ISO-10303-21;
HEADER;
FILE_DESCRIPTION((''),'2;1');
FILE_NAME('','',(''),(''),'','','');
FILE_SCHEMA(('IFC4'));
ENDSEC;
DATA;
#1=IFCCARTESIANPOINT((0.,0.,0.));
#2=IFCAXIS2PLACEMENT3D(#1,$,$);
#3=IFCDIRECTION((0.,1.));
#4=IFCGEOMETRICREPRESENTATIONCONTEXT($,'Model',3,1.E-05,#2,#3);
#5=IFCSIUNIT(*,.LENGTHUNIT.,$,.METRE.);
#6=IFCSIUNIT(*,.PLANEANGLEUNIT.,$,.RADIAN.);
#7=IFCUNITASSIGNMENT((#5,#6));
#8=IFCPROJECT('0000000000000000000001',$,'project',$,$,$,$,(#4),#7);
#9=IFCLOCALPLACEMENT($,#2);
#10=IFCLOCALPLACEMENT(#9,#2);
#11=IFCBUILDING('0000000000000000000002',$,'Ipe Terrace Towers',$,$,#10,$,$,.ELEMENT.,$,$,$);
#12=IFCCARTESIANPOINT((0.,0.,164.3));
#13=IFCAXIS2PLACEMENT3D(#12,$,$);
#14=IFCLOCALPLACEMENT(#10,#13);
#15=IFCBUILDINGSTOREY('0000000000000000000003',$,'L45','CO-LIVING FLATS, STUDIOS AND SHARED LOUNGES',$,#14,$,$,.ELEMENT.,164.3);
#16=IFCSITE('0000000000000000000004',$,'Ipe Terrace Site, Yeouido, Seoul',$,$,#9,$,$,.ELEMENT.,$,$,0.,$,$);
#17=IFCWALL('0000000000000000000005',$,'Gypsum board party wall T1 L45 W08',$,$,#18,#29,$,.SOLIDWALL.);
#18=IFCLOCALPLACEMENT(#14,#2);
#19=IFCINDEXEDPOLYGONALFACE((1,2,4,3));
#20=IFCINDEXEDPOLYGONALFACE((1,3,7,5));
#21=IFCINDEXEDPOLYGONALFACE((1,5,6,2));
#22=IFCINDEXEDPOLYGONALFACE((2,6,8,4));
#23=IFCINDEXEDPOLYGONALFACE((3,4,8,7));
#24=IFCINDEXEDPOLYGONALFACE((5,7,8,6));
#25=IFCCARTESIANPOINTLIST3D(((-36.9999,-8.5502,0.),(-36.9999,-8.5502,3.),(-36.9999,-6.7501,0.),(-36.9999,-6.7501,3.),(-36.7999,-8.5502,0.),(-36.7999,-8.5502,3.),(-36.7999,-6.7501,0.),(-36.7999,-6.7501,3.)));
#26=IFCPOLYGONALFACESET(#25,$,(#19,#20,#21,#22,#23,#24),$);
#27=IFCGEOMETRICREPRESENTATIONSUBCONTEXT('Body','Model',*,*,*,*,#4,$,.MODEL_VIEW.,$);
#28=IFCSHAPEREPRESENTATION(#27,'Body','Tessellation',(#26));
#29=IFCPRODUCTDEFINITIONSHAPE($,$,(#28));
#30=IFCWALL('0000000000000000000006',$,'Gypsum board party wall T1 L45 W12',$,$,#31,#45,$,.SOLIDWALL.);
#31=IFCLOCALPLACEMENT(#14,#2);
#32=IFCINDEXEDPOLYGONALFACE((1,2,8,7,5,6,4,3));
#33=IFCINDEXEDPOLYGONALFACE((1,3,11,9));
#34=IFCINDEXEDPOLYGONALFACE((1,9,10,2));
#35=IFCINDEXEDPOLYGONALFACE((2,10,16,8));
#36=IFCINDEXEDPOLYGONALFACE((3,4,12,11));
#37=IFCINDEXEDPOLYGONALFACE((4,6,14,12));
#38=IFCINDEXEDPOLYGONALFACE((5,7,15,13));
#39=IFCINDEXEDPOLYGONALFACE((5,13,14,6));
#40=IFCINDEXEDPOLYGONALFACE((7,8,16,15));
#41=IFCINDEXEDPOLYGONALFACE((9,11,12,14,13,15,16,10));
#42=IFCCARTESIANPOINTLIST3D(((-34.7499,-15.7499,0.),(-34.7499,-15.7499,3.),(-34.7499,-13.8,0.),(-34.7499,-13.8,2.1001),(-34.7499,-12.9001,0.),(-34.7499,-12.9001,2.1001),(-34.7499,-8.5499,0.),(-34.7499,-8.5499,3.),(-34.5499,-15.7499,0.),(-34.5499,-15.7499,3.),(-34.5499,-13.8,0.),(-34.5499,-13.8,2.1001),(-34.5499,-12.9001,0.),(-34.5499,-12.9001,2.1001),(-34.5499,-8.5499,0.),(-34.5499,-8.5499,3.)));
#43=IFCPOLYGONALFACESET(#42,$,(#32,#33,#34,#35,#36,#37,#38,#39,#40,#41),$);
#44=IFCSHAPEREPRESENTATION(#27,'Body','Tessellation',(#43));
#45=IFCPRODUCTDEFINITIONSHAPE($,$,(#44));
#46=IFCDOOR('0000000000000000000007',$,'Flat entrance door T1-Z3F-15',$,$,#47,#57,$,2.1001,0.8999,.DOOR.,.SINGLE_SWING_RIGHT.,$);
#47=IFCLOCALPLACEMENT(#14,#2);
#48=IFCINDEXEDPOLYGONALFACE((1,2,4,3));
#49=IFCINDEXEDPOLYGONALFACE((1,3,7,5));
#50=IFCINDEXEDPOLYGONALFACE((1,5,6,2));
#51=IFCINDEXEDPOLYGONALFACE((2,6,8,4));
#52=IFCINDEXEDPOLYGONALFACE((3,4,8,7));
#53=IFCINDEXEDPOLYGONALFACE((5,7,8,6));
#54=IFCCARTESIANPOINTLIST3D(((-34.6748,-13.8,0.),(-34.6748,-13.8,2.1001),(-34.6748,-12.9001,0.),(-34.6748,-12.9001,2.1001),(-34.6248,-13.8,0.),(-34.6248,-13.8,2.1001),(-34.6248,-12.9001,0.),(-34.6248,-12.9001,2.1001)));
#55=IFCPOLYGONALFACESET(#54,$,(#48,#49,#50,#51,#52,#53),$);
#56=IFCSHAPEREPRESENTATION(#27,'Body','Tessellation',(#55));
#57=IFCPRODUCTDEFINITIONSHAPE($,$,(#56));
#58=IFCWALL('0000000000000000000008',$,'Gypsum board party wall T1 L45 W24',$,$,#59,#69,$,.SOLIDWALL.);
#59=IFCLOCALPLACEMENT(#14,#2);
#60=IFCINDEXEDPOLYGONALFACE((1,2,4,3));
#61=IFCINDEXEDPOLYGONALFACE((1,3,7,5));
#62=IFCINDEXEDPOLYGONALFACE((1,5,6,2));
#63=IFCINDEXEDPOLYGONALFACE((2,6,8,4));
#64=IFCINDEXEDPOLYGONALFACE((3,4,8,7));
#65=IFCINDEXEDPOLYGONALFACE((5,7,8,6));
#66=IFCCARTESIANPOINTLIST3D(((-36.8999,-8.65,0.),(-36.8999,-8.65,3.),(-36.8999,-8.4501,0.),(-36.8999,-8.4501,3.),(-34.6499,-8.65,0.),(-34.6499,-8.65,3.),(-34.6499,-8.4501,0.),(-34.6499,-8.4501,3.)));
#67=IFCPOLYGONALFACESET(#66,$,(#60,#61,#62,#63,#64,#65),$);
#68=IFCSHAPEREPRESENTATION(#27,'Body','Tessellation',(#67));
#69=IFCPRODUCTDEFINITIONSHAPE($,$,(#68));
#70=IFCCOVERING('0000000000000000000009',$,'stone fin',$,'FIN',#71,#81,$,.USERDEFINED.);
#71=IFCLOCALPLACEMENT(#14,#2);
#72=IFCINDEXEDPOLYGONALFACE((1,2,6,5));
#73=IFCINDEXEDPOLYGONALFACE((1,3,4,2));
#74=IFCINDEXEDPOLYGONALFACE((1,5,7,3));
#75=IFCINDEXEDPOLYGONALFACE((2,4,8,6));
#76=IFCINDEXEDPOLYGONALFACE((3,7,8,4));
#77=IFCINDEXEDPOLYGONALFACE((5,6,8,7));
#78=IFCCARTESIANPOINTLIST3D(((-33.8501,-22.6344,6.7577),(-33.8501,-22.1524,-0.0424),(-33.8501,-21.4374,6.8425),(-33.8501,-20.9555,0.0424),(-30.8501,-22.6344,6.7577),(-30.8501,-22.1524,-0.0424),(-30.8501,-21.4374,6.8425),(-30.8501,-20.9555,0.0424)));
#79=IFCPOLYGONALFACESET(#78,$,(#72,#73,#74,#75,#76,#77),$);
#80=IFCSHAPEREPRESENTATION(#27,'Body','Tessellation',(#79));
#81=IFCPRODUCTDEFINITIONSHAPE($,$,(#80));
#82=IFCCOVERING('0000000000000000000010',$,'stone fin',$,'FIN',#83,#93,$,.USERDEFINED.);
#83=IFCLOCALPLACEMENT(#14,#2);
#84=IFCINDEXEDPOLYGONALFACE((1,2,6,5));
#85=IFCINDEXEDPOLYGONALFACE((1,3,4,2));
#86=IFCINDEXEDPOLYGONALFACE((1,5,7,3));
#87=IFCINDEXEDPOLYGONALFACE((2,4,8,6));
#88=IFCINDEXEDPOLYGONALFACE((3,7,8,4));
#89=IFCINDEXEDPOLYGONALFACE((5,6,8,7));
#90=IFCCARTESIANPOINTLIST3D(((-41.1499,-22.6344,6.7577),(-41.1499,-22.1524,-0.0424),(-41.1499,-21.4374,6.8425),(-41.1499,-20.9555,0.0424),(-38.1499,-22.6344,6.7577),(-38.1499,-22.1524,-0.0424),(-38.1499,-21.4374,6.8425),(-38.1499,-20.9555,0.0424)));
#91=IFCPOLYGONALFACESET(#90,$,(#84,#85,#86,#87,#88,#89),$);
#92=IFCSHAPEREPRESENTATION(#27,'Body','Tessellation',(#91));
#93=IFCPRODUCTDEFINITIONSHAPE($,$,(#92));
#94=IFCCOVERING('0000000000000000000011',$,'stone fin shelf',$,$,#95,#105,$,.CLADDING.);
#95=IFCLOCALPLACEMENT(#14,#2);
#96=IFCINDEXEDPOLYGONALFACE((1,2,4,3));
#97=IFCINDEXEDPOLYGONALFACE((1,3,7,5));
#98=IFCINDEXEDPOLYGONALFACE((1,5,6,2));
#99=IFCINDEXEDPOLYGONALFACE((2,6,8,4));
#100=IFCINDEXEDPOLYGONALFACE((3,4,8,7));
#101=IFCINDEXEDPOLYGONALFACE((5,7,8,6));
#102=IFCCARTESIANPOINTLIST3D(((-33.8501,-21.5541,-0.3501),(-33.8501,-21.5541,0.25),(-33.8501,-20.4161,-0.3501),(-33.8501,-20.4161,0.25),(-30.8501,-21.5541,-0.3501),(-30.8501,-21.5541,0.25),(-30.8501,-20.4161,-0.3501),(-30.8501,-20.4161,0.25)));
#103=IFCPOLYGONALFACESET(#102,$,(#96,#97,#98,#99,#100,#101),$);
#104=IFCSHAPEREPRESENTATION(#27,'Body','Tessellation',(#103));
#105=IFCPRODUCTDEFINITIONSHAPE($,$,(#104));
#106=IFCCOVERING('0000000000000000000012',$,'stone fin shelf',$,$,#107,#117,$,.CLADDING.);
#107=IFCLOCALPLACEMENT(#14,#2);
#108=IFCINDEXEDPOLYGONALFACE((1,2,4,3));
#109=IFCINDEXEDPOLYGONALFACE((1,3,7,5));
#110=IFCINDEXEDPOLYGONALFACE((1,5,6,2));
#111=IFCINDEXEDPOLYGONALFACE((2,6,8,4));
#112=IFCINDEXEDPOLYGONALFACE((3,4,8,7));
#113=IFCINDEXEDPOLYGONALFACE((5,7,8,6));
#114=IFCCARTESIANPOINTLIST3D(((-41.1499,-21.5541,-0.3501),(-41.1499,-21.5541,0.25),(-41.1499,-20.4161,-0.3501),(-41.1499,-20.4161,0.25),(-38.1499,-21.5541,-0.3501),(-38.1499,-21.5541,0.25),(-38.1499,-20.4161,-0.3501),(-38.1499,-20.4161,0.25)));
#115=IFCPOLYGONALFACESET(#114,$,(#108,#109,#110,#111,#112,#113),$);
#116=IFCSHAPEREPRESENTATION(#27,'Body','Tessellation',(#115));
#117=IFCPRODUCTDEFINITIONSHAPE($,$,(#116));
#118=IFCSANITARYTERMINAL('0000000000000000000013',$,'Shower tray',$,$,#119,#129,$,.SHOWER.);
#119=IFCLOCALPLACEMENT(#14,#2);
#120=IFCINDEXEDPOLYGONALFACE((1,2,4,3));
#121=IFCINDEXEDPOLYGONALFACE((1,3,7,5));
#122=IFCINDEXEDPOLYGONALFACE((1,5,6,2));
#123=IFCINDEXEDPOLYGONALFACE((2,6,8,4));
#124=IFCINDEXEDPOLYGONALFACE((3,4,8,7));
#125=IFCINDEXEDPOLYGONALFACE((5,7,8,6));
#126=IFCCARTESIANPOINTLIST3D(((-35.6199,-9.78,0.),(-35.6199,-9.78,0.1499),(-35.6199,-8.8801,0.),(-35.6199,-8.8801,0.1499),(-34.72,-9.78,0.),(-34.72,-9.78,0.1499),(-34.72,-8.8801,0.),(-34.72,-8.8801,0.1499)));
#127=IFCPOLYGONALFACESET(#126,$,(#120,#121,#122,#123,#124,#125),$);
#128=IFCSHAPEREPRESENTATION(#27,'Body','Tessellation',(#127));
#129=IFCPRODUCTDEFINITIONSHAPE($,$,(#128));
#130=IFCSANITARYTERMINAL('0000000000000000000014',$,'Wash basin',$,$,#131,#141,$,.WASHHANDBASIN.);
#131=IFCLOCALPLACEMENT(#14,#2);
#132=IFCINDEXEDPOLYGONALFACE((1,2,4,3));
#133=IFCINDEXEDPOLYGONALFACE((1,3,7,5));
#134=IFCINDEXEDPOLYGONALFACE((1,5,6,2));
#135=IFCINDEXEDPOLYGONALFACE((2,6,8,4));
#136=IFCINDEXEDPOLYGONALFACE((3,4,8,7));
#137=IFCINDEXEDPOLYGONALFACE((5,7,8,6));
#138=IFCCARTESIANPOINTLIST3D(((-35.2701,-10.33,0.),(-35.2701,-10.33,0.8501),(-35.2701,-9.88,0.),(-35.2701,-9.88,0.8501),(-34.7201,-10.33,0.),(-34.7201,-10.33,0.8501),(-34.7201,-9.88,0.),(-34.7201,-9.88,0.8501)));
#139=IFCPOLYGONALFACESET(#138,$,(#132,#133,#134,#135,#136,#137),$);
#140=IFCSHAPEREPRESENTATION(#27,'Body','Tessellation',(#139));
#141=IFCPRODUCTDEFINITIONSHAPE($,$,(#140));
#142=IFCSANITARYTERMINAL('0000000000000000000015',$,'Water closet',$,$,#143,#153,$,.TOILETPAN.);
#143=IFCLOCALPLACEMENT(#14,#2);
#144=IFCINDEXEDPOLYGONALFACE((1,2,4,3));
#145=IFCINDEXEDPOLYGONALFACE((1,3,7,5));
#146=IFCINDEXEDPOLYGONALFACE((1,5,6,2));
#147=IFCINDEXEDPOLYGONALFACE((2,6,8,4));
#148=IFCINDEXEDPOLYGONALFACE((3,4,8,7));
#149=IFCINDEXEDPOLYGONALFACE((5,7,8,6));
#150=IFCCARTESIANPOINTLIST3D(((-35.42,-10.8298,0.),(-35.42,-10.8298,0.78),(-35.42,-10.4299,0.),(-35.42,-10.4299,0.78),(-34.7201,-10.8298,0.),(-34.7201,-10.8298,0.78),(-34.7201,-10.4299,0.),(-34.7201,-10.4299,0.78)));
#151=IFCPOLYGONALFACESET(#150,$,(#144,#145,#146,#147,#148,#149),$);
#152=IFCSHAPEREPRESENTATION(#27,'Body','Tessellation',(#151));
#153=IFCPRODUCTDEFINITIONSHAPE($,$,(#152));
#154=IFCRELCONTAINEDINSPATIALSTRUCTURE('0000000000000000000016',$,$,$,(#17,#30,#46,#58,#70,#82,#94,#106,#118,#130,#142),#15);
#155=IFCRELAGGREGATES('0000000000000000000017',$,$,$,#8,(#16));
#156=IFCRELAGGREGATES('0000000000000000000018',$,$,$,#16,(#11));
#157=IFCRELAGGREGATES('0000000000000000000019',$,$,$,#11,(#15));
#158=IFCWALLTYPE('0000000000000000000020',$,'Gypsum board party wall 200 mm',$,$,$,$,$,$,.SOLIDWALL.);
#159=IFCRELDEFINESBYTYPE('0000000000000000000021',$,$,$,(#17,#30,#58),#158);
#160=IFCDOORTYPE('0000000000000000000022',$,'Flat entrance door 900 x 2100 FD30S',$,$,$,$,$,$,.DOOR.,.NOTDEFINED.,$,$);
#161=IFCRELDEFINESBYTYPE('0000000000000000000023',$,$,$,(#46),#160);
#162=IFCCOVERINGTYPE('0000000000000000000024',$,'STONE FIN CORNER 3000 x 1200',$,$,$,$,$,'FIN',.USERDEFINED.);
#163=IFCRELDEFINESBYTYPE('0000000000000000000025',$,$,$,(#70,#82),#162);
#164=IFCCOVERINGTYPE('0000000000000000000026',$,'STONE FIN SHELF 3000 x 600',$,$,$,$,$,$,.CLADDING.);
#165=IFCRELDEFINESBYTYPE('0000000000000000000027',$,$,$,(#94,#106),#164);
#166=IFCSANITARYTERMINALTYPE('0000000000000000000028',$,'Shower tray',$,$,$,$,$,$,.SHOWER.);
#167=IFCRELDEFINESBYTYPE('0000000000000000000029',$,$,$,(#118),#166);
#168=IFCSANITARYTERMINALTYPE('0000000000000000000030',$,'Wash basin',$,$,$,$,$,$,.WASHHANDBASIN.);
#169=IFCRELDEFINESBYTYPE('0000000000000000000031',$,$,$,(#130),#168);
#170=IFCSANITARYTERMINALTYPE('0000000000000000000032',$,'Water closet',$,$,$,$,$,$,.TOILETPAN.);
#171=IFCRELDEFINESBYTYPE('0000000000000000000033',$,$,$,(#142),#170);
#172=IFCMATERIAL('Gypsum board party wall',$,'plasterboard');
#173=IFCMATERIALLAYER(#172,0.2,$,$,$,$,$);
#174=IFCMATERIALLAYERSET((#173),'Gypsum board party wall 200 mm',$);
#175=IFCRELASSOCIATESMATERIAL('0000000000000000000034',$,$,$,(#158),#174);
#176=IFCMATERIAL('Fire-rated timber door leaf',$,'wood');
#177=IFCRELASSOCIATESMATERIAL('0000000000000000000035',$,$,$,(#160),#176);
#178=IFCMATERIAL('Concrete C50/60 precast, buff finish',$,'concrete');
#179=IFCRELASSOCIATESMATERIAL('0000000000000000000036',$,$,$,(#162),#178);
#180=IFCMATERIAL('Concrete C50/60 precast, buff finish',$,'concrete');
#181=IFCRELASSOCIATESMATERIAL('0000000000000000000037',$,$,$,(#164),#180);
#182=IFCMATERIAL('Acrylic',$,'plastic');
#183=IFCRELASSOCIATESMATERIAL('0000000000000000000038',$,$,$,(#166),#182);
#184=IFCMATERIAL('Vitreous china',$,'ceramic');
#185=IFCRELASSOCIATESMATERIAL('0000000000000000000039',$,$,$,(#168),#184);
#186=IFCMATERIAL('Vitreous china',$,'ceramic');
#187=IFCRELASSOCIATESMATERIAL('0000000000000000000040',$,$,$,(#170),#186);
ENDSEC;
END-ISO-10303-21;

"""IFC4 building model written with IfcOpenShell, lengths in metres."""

from ifc_helpers import new_model, si_unit, direction, frame, frame_2d, origin, origin_2d, place, context, subcontext, project, spatial, rectangle, extrude, material, layer, layer_set, material_profile, profile_set, type_object, element, fill, save


model = new_model("IFC4")

# Units and contexts
model_context = context("Model", 3, precision=1e-05, world=origin(), true_north=direction((0.0, 1.0)))
body_context = subcontext(model_context, "Body", "Model", "MODEL_VIEW")
ifc_project = project(units=[si_unit("LENGTHUNIT", "METRE"), si_unit("PLANEANGLEUNIT", "RADIAN")], contexts=[model_context])

# Site, building, storey
site_placement = place(None, origin())
site = spatial("IfcSite", under=ifc_project, at=site_placement, Name="Ipe Terrace Site, Yeouido, Seoul", CompositionType="ELEMENT", RefElevation=0.0)
building_placement = place(site_placement, origin())
building = spatial("IfcBuilding", under=site, at=building_placement, Name="Ipe Terrace Towers", CompositionType="ELEMENT")
storey_placement = place(building_placement, frame((0.0, 0.0, 164.3)))
storey = spatial("IfcBuildingStorey", under=building, at=storey_placement, Name="L45", Description="CO-LIVING FLATS, STUDIOS AND SHARED LOUNGES", CompositionType="ELEMENT", Elevation=164.3)

# Wall
ifc_material_1 = material(Name="Gypsum board party wall", Category="plasterboard")
ifc_layer_1 = layer(ifc_material_1, 0.2)
ifc_layer_set_1 = layer_set([ifc_layer_1], Name="Gypsum board party wall 200 mm")
wall_type_1 = type_object("IfcWallType", Name="Gypsum board party wall 200 mm", PredefinedType="SOLIDWALL", material=ifc_layer_set_1)
wall_1_placement = place(storey_placement, frame((-36.8999, -8.55, 0.0), z_axis=(0.0, 0.0, 1.0), x_axis=(0.0, 1.0, 0.0)))
element("IfcWall", 1, at=wall_1_placement, inside=storey, type_object=wall_type_1, Name="Gypsum board party wall T1 L45 W08", PredefinedType="SOLIDWALL", context=body_context, shape_type="SweptSolid", body=[
    extrude(rectangle(XDim=1.8, YDim=0.2, at=frame_2d((0.8999, 0.0))), origin(), (0.0, 0.0, 1.0), 3.0),
])

# Wall, opening, door
wall_2_placement = place(storey_placement, frame((-34.6499, -15.75, 0.0), z_axis=(0.0, 0.0, 1.0), x_axis=(0.0, 1.0, 0.0)))
wall_2 = element("IfcWall", 2, at=wall_2_placement, inside=storey, type_object=wall_type_1, Name="Gypsum board party wall T1 L45 W12", PredefinedType="SOLIDWALL", context=body_context, shape_type="SweptSolid", body=[
    extrude(rectangle(XDim=7.2, YDim=0.2, at=frame_2d((3.6001, 0.0))), origin(), (0.0, 0.0, 1.0), 3.0),
])
opening_1_placement = place(wall_2_placement, frame((1.95, 0.0, 0.0)))
opening_1 = element("IfcOpeningElement", 3, at=opening_1_placement, cuts=wall_2, PredefinedType="OPENING", context=body_context, shape_type="SweptSolid", body=[
    extrude(rectangle(XDim=0.8999, YDim=2.1001, at=frame_2d((0.45, 1.05))), frame((0.0, 0.1099, 0.0), z_axis=(0.0, -1.0, 0.0), x_axis=(1.0, 0.0, 0.0)), (0.0, 0.0, 1.0), 0.22),
])
ifc_material_2 = material(Name="Fire-rated timber door leaf", Category="wood")
door_type_1 = type_object("IfcDoorType", Name="Flat entrance door 900 x 2100 FD30S", OperationType="NOTDEFINED", PredefinedType="DOOR", material=ifc_material_2)
door_1_placement = place(opening_1_placement, origin())
door_1 = element("IfcDoor", 4, at=door_1_placement, inside=storey, type_object=door_type_1, Name="Flat entrance door T1-Z3F-15", OperationType="SINGLE_SWING_RIGHT", OverallHeight=2.1001, OverallWidth=0.8999, PredefinedType="DOOR", context=body_context, shape_type="SweptSolid", body=[
    extrude(rectangle(XDim=0.8999, YDim=2.1001, at=frame_2d((0.45, 1.05))), frame((0.0, 0.0249, 0.0), z_axis=(0.0, -1.0, 0.0), x_axis=(1.0, 0.0, 0.0)), (0.0, 0.0, 1.0), 0.05),
])
fill(opening_1, door_1)

# Wall
wall_3_placement = place(storey_placement, frame((-36.8999, -8.55, 0.0), z_axis=(0.0, 0.0, 1.0), x_axis=(1.0, 0.0, 0.0)))
element("IfcWall", 5, at=wall_3_placement, inside=storey, type_object=wall_type_1, Name="Gypsum board party wall T1 L45 W24", PredefinedType="SOLIDWALL", context=body_context, shape_type="SweptSolid", body=[
    extrude(rectangle(XDim=2.25, YDim=0.2, at=frame_2d((1.125, 0.0))), origin(), (0.0, 0.0, 1.0), 3.0),
])

# Coverings
ifc_material_3 = material(Name="Concrete C50/60 precast, buff finish", Category="concrete")
ifc_material_profile_1 = material_profile(ifc_material_3, rectangle(XDim=3.0, YDim=1.2, at=origin_2d()), Name="STONE FIN CORNER 3000 x 1200")
ifc_profile_set_1 = profile_set([ifc_material_profile_1], Name="Concrete C50/60 precast, buff finish")
covering_type_1 = type_object("IfcCoveringType", Name="STONE FIN CORNER 3000 x 1200", ElementType="FIN", PredefinedType="USERDEFINED", material=ifc_profile_set_1)
for number, where, z_axis, x_axis, name in (
    (6, (-32.3501, -21.554, 0.0), (0.0, -0.070695, 0.997498), (1.0, 0.0, 0.0), "stone fin"),
    (7, (-39.6499, -21.554, 0.0), (0.0, -0.070695, 0.997498), (1.0, 0.0, 0.0), "stone fin"),
):
    element("IfcCovering", number, at=place(storey_placement, frame(where, z_axis=z_axis, x_axis=x_axis)), inside=storey, type_object=covering_type_1, Name=name, ObjectType="FIN", PredefinedType="USERDEFINED", context=body_context, shape_type="SweptSolid", body=[
        extrude(rectangle(XDim=3.0, YDim=1.2, at=origin_2d()), origin(), (0.0, 0.0, 1.0), 6.8171),
    ])
ifc_material_4 = material(Name="Concrete C50/60 precast, buff finish", Category="concrete")
covering_type_2 = type_object("IfcCoveringType", Name="STONE FIN SHELF 3000 x 600", PredefinedType="CLADDING", material=ifc_material_4)
for number, where, z_axis, x_axis, name in (
    (8, (-32.3501, -20.9851, -0.3501), (0.0, 0.0, 1.0), (1.0, 0.0, 0.0), "stone fin shelf"),
    (9, (-39.6499, -20.9851, -0.3501), (0.0, 0.0, 1.0), (1.0, 0.0, 0.0), "stone fin shelf"),
):
    element("IfcCovering", number, at=place(storey_placement, frame(where, z_axis=z_axis, x_axis=x_axis)), inside=storey, type_object=covering_type_2, Name=name, PredefinedType="CLADDING", context=body_context, shape_type="SweptSolid", body=[
        extrude(rectangle(XDim=3.0, YDim=1.1379, at=origin_2d()), origin(), (0.0, 0.0, 1.0), 0.6001),
    ])

# Sanitary terminals
ifc_material_5 = material(Name="Acrylic", Category="plastic")
sanitary_terminal_type_1 = type_object("IfcSanitaryTerminalType", Name="Shower tray", PredefinedType="SHOWER", material=ifc_material_5)
sanitary_terminal_1_placement = place(storey_placement, frame((-35.1699, -9.3301, 0.0), z_axis=(0.0, 0.0, 1.0), x_axis=(-1.0, 0.0, 0.0)))
element("IfcSanitaryTerminal", 10, at=sanitary_terminal_1_placement, inside=storey, type_object=sanitary_terminal_type_1, Name="Shower tray", PredefinedType="SHOWER", context=body_context, shape_type="SweptSolid", body=[
    extrude(rectangle(XDim=0.8999, YDim=0.8999, at=origin_2d()), origin(), (0.0, 0.0, 1.0), 0.1499),
])
ifc_material_6 = material(Name="Vitreous china", Category="ceramic")
sanitary_terminal_type_2 = type_object("IfcSanitaryTerminalType", Name="Wash basin", PredefinedType="WASHHANDBASIN", material=ifc_material_6)
sanitary_terminal_2_placement = place(storey_placement, frame((-34.9951, -10.105, 0.0), z_axis=(0.0, 0.0, 1.0), x_axis=(-1.0, 0.0, 0.0)))
element("IfcSanitaryTerminal", 11, at=sanitary_terminal_2_placement, inside=storey, type_object=sanitary_terminal_type_2, Name="Wash basin", PredefinedType="WASHHANDBASIN", context=body_context, shape_type="SweptSolid", body=[
    extrude(rectangle(XDim=0.55, YDim=0.45, at=origin_2d()), origin(), (0.0, 0.0, 1.0), 0.8501),
])
ifc_material_7 = material(Name="Vitreous china", Category="ceramic")
sanitary_terminal_type_3 = type_object("IfcSanitaryTerminalType", Name="Water closet", PredefinedType="TOILETPAN", material=ifc_material_7)
sanitary_terminal_3_placement = place(storey_placement, frame((-35.0701, -10.6299, 0.0), z_axis=(0.0, 0.0, 1.0), x_axis=(-1.0, 0.0, 0.0)))
element("IfcSanitaryTerminal", 12, at=sanitary_terminal_3_placement, inside=storey, type_object=sanitary_terminal_type_3, Name="Water closet", PredefinedType="TOILETPAN", context=body_context, shape_type="SweptSolid", body=[
    extrude(rectangle(XDim=0.7, YDim=0.3999, at=origin_2d()), origin(), (0.0, 0.0, 1.0), 0.78),
])

save(model, "model.ifc")
